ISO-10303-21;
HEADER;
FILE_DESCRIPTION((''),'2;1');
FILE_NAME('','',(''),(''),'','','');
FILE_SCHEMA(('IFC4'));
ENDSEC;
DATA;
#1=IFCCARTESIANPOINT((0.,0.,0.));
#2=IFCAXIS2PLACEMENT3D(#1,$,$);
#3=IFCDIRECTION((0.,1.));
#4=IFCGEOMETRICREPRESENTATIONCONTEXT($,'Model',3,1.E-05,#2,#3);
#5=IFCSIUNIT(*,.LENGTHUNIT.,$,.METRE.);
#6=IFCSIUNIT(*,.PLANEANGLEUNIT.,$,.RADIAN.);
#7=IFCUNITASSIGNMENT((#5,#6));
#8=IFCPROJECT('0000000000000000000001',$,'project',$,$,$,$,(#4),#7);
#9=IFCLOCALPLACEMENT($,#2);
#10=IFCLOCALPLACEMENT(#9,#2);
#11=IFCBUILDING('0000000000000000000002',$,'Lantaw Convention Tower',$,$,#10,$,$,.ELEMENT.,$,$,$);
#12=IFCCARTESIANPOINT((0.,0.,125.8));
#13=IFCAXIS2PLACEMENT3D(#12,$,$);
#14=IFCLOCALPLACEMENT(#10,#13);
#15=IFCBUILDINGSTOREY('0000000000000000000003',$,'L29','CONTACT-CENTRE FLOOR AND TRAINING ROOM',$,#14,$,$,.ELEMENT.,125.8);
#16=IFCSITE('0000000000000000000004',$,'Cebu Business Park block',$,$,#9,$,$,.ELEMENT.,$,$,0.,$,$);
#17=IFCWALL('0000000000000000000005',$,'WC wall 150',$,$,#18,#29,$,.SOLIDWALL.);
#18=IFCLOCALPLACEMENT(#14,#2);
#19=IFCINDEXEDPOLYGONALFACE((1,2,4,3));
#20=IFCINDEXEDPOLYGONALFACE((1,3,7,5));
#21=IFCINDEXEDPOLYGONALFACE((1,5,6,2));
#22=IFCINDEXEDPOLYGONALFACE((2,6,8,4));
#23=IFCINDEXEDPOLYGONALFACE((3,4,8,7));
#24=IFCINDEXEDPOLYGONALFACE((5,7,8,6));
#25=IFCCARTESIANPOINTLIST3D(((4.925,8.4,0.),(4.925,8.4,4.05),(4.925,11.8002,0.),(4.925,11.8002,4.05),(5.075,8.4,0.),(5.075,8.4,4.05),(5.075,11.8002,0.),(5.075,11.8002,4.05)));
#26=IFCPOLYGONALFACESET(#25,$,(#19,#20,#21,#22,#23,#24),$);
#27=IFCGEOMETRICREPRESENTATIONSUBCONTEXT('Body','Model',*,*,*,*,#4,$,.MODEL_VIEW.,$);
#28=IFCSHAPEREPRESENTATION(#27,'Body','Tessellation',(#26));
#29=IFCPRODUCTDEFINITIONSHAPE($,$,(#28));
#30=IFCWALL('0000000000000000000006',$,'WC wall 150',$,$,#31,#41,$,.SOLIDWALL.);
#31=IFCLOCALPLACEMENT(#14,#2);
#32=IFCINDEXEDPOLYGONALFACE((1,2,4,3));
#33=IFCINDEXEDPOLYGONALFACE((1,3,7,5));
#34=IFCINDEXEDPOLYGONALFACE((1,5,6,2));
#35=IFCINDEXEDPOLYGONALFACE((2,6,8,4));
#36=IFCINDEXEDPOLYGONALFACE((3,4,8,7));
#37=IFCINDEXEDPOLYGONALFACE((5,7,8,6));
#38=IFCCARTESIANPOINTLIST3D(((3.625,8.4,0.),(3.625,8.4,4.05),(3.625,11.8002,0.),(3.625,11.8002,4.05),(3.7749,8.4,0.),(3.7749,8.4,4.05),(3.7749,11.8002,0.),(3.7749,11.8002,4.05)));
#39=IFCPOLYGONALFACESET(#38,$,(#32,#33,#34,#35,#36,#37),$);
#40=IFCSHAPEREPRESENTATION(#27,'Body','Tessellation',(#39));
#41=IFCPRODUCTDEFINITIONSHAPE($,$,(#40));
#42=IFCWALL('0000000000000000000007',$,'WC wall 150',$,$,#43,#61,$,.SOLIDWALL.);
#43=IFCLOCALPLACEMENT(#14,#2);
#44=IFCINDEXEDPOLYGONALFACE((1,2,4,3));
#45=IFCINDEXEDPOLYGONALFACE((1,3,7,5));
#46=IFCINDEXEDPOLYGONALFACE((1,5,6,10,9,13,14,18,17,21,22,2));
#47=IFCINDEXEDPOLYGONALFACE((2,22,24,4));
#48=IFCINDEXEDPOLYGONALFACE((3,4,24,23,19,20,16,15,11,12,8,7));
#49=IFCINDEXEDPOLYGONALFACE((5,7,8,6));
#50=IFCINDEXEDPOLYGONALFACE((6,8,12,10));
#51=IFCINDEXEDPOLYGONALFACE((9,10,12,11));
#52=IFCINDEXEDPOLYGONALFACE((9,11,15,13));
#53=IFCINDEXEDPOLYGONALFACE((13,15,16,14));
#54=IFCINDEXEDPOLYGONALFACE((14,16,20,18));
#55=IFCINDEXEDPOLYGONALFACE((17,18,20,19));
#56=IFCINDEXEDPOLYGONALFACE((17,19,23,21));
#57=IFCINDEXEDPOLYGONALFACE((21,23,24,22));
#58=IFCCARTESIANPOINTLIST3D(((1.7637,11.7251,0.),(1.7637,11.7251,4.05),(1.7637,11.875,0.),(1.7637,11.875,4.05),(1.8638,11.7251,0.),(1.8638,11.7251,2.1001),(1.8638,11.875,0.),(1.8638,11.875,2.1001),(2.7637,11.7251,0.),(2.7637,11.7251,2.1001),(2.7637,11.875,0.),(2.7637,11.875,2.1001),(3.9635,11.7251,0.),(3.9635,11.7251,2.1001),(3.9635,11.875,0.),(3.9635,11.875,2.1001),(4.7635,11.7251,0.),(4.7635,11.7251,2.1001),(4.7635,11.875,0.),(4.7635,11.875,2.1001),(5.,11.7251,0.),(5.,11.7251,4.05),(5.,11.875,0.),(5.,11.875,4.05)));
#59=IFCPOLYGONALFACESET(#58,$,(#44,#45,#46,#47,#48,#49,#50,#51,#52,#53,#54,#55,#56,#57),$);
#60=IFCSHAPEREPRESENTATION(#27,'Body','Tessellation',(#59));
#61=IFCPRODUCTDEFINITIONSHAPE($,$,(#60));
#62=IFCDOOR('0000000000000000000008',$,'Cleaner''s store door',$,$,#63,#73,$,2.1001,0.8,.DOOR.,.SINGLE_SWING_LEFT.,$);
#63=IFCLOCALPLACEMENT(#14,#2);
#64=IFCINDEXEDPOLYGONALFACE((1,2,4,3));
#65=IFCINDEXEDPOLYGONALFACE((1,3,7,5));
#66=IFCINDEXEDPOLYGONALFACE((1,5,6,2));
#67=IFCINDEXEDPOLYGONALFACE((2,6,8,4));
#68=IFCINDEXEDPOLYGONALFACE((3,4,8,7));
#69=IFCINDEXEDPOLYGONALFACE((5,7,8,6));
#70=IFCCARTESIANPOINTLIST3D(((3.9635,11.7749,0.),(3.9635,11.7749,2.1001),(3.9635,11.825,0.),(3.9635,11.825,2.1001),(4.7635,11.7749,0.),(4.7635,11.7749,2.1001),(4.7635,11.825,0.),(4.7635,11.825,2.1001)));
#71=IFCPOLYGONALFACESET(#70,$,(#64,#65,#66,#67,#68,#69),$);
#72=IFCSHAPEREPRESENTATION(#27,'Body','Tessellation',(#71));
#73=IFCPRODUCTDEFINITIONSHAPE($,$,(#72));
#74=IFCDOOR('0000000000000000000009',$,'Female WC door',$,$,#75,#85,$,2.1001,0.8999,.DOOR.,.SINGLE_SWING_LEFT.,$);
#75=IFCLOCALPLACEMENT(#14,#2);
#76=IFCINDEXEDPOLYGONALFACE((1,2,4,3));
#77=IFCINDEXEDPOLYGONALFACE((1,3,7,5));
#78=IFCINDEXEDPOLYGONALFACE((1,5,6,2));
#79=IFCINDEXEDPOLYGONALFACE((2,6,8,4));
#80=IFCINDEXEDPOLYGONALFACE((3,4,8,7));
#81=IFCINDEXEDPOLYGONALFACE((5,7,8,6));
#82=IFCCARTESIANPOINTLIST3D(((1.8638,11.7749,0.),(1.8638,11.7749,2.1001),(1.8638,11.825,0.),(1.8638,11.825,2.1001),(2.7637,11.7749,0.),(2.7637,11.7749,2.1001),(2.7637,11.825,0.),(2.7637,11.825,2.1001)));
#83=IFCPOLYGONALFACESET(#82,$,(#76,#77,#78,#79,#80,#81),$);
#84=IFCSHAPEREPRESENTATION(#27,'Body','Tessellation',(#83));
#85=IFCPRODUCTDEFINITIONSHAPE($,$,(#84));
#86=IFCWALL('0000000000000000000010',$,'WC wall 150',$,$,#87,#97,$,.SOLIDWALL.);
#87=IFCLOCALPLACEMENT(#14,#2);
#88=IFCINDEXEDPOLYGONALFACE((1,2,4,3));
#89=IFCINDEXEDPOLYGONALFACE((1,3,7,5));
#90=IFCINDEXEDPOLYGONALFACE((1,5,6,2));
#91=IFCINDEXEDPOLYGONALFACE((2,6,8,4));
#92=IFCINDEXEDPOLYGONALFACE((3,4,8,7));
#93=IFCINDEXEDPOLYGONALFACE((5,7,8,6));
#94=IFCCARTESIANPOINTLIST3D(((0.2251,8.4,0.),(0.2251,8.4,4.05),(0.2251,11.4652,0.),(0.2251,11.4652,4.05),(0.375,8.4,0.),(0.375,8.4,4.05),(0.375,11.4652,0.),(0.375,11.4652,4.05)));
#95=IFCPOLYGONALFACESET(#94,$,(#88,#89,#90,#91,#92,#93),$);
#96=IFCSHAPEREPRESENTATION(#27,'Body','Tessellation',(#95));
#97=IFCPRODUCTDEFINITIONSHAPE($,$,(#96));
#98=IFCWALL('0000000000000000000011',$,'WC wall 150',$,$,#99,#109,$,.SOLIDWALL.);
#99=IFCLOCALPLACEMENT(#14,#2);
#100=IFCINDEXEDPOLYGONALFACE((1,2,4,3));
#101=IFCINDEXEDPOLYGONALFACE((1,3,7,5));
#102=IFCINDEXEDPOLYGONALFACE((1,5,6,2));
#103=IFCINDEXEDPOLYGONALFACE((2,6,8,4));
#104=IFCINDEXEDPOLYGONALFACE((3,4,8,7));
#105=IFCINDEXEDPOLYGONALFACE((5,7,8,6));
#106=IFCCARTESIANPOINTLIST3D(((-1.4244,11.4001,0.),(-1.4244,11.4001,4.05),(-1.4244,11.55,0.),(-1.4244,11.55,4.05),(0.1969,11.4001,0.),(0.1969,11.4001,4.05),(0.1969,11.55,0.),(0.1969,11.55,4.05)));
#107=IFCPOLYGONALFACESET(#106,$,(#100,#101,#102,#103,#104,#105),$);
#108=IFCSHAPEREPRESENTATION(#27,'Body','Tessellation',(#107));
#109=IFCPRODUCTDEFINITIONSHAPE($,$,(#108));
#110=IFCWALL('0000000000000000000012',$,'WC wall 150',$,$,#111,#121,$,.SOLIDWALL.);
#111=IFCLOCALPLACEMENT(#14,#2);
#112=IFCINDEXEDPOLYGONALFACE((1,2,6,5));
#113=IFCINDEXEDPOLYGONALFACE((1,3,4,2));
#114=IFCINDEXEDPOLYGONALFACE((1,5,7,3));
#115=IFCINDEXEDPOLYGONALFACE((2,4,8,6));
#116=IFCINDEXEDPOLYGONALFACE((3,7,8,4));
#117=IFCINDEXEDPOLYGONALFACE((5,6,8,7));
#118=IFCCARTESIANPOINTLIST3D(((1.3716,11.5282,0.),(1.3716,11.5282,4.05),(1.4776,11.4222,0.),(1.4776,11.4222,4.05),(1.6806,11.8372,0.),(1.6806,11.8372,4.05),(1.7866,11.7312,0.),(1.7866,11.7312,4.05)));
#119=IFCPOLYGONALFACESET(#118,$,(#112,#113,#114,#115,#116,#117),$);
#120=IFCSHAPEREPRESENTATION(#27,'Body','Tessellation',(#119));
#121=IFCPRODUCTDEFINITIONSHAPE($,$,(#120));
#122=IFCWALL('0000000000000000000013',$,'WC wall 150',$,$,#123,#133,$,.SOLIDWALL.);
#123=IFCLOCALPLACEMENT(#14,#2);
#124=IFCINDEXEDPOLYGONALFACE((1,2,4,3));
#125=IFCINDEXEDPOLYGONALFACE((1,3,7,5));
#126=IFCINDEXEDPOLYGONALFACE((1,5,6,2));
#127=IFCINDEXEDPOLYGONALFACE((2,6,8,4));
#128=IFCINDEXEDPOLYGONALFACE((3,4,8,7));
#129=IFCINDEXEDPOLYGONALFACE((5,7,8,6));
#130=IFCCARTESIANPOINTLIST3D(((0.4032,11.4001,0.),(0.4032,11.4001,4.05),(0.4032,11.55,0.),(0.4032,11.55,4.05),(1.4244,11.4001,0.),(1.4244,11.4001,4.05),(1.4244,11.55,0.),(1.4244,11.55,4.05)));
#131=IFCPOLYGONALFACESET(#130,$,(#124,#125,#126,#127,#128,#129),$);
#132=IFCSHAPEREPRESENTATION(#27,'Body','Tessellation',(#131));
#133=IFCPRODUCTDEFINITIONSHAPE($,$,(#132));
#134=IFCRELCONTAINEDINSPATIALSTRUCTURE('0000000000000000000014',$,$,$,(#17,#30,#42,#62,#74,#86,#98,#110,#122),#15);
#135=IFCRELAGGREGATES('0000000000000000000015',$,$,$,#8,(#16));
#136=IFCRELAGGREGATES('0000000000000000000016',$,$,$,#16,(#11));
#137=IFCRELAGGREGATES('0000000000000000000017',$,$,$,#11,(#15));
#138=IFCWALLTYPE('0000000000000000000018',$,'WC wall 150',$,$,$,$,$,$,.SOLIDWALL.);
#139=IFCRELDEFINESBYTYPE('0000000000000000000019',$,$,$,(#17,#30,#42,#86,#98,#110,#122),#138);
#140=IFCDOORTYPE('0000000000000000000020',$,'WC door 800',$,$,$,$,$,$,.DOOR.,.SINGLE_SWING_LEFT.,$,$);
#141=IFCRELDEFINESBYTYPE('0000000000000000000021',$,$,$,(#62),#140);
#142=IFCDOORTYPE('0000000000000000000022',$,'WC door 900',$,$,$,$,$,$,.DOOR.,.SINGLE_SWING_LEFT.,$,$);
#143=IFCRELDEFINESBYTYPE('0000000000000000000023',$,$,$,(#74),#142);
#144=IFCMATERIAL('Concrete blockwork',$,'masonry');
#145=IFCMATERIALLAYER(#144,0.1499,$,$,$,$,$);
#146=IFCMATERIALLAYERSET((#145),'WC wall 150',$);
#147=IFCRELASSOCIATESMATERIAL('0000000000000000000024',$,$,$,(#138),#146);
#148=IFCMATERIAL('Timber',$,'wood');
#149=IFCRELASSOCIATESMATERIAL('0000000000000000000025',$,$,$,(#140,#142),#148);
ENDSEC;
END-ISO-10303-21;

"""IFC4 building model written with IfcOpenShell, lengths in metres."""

from ifc_helpers import new_model, si_unit, direction, frame, frame_2d, origin, place, context, subcontext, project, spatial, rectangle, extrude, material, layer, layer_set, type_object, element, fill, save


model = new_model("IFC4")

# Units and contexts
model_context = context("Model", 3, precision=1e-05, world=origin(), true_north=direction((0.0, 1.0)))
body_context = subcontext(model_context, "Body", "Model", "MODEL_VIEW")
ifc_project = project(units=[si_unit("LENGTHUNIT", "METRE"), si_unit("PLANEANGLEUNIT", "RADIAN")], contexts=[model_context])

# Site, building, storey
site_placement = place(None, origin())
site = spatial("IfcSite", under=ifc_project, at=site_placement, Name="Cebu Business Park block", CompositionType="ELEMENT", RefElevation=0.0)
building_placement = place(site_placement, origin())
building = spatial("IfcBuilding", under=site, at=building_placement, Name="Lantaw Convention Tower", CompositionType="ELEMENT")
storey_placement = place(building_placement, frame((0.0, 0.0, 125.8)))
storey = spatial("IfcBuildingStorey", under=building, at=storey_placement, Name="L29", Description="CONTACT-CENTRE FLOOR AND TRAINING ROOM", CompositionType="ELEMENT", Elevation=125.8)

# Walls
ifc_material_1 = material(Name="Concrete blockwork", Category="masonry")
ifc_layer_1 = layer(ifc_material_1, 0.1499)
ifc_layer_set_1 = layer_set([ifc_layer_1], Name="WC wall 150")
wall_type_1 = type_object("IfcWallType", Name="WC wall 150", PredefinedType="SOLIDWALL", material=ifc_layer_set_1)
for number, where, z_axis, x_axis, name in (
    (1, (5.0, 8.3999, 0.0), (0.0, 0.0, 1.0), (0.0, 1.0, 0.0), "WC wall 150"),
    (2, (3.7, 8.3999, 0.0), (0.0, 0.0, 1.0), (0.0, 1.0, 0.0), "WC wall 150"),
):
    element("IfcWall", number, at=place(storey_placement, frame(where, z_axis=z_axis, x_axis=x_axis)), inside=storey, type_object=wall_type_1, Name=name, PredefinedType="SOLIDWALL", context=body_context, shape_type="SweptSolid", body=[
        extrude(rectangle(XDim=3.4001, YDim=0.1499, at=frame_2d((1.7002, 0.0))), origin(), (0.0, 0.0, 1.0), 4.05),
    ])

# Wall, openings, doors
wall_1_placement = place(storey_placement, frame((1.7637, 11.8, 0.0), z_axis=(0.0, 0.0, 1.0), x_axis=(1.0, 0.0, 0.0)))
wall_1 = element("IfcWall", 3, at=wall_1_placement, inside=storey, type_object=wall_type_1, Name="WC wall 150", PredefinedType="SOLIDWALL", context=body_context, shape_type="SweptSolid", body=[
    extrude(rectangle(XDim=3.2363, YDim=0.1499, at=frame_2d((1.6182, 0.0))), origin(), (0.0, 0.0, 1.0), 4.05),
])
opening_1_placement = place(wall_1_placement, frame((0.1001, 0.0, 0.0)))
opening_1 = element("IfcOpeningElement", 4, at=opening_1_placement, cuts=wall_1, PredefinedType="OPENING", context=body_context, shape_type="SweptSolid", body=[
    extrude(rectangle(XDim=0.8999, YDim=2.1001, at=frame_2d((0.45, 1.05))), frame((0.0, 0.085, 0.0), z_axis=(0.0, -1.0, 0.0), x_axis=(1.0, 0.0, 0.0)), (0.0, 0.0, 1.0), 0.1699),
])
opening_2_placement = place(wall_1_placement, frame((2.2, 0.0, 0.0)))
opening_2 = element("IfcOpeningElement", 5, at=opening_2_placement, cuts=wall_1, PredefinedType="OPENING", context=body_context, shape_type="SweptSolid", body=[
    extrude(rectangle(XDim=0.8, YDim=2.1001, at=frame_2d((0.3999, 1.05))), frame((0.0, 0.085, 0.0), z_axis=(0.0, -1.0, 0.0), x_axis=(1.0, 0.0, 0.0)), (0.0, 0.0, 1.0), 0.1699),
])
ifc_material_2 = material(Name="Timber", Category="wood")
door_type_1 = type_object("IfcDoorType", Name="WC door 800", OperationType="SINGLE_SWING_LEFT", PredefinedType="DOOR", material=ifc_material_2)
door_1_placement = place(opening_2_placement, origin())
door_1 = element("IfcDoor", 6, at=door_1_placement, inside=storey, type_object=door_type_1, Name="Cleaner's store door", OperationType="SINGLE_SWING_LEFT", OverallHeight=2.1001, OverallWidth=0.8, PredefinedType="DOOR", context=body_context, shape_type="SweptSolid", body=[
    extrude(rectangle(XDim=0.8, YDim=2.1001, at=frame_2d((0.3999, 1.05))), frame((0.0, 0.0249, 0.0), z_axis=(0.0, -1.0, 0.0), x_axis=(1.0, 0.0, 0.0)), (0.0, 0.0, 1.0), 0.05),
])
fill(opening_2, door_1)
door_type_2 = type_object("IfcDoorType", Name="WC door 900", OperationType="SINGLE_SWING_LEFT", PredefinedType="DOOR", material=ifc_material_2)
door_2_placement = place(opening_1_placement, origin())
door_2 = element("IfcDoor", 7, at=door_2_placement, inside=storey, type_object=door_type_2, Name="Female WC door", OperationType="SINGLE_SWING_LEFT", OverallHeight=2.1001, OverallWidth=0.8999, PredefinedType="DOOR", context=body_context, shape_type="SweptSolid", body=[
    extrude(rectangle(XDim=0.8999, YDim=2.1001, at=frame_2d((0.45, 1.05))), frame((0.0, 0.0249, 0.0), z_axis=(0.0, -1.0, 0.0), x_axis=(1.0, 0.0, 0.0)), (0.0, 0.0, 1.0), 0.05),
])
fill(opening_1, door_2)

# Walls
wall_2_placement = place(storey_placement, frame((0.3, 8.3999, 0.0), z_axis=(0.0, 0.0, 1.0), x_axis=(0.0, 1.0, 0.0)))
element("IfcWall", 8, at=wall_2_placement, inside=storey, type_object=wall_type_1, Name="WC wall 150", PredefinedType="SOLIDWALL", context=body_context, shape_type="SweptSolid", body=[
    extrude(rectangle(XDim=3.0652, YDim=0.1499, at=frame_2d((1.5327, 0.0))), origin(), (0.0, 0.0, 1.0), 4.05),
])
wall_3_placement = place(storey_placement, frame((0.1968, 11.4751, 0.0), z_axis=(0.0, 0.0, 1.0), x_axis=(-1.0, 0.0, 0.0)))
element("IfcWall", 9, at=wall_3_placement, inside=storey, type_object=wall_type_1, Name="WC wall 150", PredefinedType="SOLIDWALL", context=body_context, shape_type="SweptSolid", body=[
    extrude(rectangle(XDim=1.6213, YDim=0.1499, at=frame_2d((0.8105, 0.0))), origin(), (0.0, 0.0, 1.0), 4.05),
])
wall_4_placement = place(storey_placement, frame((1.7336, 11.7842, 0.0), z_axis=(0.0, 0.0, 1.0), x_axis=(-0.707107, -0.707107, 0.0)))
element("IfcWall", 10, at=wall_4_placement, inside=storey, type_object=wall_type_1, Name="WC wall 150", PredefinedType="SOLIDWALL", context=body_context, shape_type="SweptSolid", body=[
    extrude(rectangle(XDim=0.437, YDim=0.1499, at=frame_2d((0.2185, 0.0))), origin(), (0.0, 0.0, 1.0), 4.05),
])
wall_5_placement = place(storey_placement, frame((1.4246, 11.4751, 0.0), z_axis=(0.0, 0.0, 1.0), x_axis=(-1.0, 0.0, 0.0)))
element("IfcWall", 11, at=wall_5_placement, inside=storey, type_object=wall_type_1, Name="WC wall 150", PredefinedType="SOLIDWALL", context=body_context, shape_type="SweptSolid", body=[
    extrude(rectangle(XDim=1.0212, YDim=0.1499, at=frame_2d((0.5107, 0.0))), origin(), (0.0, 0.0, 1.0), 4.05),
])

save(model, "model.ifc")
